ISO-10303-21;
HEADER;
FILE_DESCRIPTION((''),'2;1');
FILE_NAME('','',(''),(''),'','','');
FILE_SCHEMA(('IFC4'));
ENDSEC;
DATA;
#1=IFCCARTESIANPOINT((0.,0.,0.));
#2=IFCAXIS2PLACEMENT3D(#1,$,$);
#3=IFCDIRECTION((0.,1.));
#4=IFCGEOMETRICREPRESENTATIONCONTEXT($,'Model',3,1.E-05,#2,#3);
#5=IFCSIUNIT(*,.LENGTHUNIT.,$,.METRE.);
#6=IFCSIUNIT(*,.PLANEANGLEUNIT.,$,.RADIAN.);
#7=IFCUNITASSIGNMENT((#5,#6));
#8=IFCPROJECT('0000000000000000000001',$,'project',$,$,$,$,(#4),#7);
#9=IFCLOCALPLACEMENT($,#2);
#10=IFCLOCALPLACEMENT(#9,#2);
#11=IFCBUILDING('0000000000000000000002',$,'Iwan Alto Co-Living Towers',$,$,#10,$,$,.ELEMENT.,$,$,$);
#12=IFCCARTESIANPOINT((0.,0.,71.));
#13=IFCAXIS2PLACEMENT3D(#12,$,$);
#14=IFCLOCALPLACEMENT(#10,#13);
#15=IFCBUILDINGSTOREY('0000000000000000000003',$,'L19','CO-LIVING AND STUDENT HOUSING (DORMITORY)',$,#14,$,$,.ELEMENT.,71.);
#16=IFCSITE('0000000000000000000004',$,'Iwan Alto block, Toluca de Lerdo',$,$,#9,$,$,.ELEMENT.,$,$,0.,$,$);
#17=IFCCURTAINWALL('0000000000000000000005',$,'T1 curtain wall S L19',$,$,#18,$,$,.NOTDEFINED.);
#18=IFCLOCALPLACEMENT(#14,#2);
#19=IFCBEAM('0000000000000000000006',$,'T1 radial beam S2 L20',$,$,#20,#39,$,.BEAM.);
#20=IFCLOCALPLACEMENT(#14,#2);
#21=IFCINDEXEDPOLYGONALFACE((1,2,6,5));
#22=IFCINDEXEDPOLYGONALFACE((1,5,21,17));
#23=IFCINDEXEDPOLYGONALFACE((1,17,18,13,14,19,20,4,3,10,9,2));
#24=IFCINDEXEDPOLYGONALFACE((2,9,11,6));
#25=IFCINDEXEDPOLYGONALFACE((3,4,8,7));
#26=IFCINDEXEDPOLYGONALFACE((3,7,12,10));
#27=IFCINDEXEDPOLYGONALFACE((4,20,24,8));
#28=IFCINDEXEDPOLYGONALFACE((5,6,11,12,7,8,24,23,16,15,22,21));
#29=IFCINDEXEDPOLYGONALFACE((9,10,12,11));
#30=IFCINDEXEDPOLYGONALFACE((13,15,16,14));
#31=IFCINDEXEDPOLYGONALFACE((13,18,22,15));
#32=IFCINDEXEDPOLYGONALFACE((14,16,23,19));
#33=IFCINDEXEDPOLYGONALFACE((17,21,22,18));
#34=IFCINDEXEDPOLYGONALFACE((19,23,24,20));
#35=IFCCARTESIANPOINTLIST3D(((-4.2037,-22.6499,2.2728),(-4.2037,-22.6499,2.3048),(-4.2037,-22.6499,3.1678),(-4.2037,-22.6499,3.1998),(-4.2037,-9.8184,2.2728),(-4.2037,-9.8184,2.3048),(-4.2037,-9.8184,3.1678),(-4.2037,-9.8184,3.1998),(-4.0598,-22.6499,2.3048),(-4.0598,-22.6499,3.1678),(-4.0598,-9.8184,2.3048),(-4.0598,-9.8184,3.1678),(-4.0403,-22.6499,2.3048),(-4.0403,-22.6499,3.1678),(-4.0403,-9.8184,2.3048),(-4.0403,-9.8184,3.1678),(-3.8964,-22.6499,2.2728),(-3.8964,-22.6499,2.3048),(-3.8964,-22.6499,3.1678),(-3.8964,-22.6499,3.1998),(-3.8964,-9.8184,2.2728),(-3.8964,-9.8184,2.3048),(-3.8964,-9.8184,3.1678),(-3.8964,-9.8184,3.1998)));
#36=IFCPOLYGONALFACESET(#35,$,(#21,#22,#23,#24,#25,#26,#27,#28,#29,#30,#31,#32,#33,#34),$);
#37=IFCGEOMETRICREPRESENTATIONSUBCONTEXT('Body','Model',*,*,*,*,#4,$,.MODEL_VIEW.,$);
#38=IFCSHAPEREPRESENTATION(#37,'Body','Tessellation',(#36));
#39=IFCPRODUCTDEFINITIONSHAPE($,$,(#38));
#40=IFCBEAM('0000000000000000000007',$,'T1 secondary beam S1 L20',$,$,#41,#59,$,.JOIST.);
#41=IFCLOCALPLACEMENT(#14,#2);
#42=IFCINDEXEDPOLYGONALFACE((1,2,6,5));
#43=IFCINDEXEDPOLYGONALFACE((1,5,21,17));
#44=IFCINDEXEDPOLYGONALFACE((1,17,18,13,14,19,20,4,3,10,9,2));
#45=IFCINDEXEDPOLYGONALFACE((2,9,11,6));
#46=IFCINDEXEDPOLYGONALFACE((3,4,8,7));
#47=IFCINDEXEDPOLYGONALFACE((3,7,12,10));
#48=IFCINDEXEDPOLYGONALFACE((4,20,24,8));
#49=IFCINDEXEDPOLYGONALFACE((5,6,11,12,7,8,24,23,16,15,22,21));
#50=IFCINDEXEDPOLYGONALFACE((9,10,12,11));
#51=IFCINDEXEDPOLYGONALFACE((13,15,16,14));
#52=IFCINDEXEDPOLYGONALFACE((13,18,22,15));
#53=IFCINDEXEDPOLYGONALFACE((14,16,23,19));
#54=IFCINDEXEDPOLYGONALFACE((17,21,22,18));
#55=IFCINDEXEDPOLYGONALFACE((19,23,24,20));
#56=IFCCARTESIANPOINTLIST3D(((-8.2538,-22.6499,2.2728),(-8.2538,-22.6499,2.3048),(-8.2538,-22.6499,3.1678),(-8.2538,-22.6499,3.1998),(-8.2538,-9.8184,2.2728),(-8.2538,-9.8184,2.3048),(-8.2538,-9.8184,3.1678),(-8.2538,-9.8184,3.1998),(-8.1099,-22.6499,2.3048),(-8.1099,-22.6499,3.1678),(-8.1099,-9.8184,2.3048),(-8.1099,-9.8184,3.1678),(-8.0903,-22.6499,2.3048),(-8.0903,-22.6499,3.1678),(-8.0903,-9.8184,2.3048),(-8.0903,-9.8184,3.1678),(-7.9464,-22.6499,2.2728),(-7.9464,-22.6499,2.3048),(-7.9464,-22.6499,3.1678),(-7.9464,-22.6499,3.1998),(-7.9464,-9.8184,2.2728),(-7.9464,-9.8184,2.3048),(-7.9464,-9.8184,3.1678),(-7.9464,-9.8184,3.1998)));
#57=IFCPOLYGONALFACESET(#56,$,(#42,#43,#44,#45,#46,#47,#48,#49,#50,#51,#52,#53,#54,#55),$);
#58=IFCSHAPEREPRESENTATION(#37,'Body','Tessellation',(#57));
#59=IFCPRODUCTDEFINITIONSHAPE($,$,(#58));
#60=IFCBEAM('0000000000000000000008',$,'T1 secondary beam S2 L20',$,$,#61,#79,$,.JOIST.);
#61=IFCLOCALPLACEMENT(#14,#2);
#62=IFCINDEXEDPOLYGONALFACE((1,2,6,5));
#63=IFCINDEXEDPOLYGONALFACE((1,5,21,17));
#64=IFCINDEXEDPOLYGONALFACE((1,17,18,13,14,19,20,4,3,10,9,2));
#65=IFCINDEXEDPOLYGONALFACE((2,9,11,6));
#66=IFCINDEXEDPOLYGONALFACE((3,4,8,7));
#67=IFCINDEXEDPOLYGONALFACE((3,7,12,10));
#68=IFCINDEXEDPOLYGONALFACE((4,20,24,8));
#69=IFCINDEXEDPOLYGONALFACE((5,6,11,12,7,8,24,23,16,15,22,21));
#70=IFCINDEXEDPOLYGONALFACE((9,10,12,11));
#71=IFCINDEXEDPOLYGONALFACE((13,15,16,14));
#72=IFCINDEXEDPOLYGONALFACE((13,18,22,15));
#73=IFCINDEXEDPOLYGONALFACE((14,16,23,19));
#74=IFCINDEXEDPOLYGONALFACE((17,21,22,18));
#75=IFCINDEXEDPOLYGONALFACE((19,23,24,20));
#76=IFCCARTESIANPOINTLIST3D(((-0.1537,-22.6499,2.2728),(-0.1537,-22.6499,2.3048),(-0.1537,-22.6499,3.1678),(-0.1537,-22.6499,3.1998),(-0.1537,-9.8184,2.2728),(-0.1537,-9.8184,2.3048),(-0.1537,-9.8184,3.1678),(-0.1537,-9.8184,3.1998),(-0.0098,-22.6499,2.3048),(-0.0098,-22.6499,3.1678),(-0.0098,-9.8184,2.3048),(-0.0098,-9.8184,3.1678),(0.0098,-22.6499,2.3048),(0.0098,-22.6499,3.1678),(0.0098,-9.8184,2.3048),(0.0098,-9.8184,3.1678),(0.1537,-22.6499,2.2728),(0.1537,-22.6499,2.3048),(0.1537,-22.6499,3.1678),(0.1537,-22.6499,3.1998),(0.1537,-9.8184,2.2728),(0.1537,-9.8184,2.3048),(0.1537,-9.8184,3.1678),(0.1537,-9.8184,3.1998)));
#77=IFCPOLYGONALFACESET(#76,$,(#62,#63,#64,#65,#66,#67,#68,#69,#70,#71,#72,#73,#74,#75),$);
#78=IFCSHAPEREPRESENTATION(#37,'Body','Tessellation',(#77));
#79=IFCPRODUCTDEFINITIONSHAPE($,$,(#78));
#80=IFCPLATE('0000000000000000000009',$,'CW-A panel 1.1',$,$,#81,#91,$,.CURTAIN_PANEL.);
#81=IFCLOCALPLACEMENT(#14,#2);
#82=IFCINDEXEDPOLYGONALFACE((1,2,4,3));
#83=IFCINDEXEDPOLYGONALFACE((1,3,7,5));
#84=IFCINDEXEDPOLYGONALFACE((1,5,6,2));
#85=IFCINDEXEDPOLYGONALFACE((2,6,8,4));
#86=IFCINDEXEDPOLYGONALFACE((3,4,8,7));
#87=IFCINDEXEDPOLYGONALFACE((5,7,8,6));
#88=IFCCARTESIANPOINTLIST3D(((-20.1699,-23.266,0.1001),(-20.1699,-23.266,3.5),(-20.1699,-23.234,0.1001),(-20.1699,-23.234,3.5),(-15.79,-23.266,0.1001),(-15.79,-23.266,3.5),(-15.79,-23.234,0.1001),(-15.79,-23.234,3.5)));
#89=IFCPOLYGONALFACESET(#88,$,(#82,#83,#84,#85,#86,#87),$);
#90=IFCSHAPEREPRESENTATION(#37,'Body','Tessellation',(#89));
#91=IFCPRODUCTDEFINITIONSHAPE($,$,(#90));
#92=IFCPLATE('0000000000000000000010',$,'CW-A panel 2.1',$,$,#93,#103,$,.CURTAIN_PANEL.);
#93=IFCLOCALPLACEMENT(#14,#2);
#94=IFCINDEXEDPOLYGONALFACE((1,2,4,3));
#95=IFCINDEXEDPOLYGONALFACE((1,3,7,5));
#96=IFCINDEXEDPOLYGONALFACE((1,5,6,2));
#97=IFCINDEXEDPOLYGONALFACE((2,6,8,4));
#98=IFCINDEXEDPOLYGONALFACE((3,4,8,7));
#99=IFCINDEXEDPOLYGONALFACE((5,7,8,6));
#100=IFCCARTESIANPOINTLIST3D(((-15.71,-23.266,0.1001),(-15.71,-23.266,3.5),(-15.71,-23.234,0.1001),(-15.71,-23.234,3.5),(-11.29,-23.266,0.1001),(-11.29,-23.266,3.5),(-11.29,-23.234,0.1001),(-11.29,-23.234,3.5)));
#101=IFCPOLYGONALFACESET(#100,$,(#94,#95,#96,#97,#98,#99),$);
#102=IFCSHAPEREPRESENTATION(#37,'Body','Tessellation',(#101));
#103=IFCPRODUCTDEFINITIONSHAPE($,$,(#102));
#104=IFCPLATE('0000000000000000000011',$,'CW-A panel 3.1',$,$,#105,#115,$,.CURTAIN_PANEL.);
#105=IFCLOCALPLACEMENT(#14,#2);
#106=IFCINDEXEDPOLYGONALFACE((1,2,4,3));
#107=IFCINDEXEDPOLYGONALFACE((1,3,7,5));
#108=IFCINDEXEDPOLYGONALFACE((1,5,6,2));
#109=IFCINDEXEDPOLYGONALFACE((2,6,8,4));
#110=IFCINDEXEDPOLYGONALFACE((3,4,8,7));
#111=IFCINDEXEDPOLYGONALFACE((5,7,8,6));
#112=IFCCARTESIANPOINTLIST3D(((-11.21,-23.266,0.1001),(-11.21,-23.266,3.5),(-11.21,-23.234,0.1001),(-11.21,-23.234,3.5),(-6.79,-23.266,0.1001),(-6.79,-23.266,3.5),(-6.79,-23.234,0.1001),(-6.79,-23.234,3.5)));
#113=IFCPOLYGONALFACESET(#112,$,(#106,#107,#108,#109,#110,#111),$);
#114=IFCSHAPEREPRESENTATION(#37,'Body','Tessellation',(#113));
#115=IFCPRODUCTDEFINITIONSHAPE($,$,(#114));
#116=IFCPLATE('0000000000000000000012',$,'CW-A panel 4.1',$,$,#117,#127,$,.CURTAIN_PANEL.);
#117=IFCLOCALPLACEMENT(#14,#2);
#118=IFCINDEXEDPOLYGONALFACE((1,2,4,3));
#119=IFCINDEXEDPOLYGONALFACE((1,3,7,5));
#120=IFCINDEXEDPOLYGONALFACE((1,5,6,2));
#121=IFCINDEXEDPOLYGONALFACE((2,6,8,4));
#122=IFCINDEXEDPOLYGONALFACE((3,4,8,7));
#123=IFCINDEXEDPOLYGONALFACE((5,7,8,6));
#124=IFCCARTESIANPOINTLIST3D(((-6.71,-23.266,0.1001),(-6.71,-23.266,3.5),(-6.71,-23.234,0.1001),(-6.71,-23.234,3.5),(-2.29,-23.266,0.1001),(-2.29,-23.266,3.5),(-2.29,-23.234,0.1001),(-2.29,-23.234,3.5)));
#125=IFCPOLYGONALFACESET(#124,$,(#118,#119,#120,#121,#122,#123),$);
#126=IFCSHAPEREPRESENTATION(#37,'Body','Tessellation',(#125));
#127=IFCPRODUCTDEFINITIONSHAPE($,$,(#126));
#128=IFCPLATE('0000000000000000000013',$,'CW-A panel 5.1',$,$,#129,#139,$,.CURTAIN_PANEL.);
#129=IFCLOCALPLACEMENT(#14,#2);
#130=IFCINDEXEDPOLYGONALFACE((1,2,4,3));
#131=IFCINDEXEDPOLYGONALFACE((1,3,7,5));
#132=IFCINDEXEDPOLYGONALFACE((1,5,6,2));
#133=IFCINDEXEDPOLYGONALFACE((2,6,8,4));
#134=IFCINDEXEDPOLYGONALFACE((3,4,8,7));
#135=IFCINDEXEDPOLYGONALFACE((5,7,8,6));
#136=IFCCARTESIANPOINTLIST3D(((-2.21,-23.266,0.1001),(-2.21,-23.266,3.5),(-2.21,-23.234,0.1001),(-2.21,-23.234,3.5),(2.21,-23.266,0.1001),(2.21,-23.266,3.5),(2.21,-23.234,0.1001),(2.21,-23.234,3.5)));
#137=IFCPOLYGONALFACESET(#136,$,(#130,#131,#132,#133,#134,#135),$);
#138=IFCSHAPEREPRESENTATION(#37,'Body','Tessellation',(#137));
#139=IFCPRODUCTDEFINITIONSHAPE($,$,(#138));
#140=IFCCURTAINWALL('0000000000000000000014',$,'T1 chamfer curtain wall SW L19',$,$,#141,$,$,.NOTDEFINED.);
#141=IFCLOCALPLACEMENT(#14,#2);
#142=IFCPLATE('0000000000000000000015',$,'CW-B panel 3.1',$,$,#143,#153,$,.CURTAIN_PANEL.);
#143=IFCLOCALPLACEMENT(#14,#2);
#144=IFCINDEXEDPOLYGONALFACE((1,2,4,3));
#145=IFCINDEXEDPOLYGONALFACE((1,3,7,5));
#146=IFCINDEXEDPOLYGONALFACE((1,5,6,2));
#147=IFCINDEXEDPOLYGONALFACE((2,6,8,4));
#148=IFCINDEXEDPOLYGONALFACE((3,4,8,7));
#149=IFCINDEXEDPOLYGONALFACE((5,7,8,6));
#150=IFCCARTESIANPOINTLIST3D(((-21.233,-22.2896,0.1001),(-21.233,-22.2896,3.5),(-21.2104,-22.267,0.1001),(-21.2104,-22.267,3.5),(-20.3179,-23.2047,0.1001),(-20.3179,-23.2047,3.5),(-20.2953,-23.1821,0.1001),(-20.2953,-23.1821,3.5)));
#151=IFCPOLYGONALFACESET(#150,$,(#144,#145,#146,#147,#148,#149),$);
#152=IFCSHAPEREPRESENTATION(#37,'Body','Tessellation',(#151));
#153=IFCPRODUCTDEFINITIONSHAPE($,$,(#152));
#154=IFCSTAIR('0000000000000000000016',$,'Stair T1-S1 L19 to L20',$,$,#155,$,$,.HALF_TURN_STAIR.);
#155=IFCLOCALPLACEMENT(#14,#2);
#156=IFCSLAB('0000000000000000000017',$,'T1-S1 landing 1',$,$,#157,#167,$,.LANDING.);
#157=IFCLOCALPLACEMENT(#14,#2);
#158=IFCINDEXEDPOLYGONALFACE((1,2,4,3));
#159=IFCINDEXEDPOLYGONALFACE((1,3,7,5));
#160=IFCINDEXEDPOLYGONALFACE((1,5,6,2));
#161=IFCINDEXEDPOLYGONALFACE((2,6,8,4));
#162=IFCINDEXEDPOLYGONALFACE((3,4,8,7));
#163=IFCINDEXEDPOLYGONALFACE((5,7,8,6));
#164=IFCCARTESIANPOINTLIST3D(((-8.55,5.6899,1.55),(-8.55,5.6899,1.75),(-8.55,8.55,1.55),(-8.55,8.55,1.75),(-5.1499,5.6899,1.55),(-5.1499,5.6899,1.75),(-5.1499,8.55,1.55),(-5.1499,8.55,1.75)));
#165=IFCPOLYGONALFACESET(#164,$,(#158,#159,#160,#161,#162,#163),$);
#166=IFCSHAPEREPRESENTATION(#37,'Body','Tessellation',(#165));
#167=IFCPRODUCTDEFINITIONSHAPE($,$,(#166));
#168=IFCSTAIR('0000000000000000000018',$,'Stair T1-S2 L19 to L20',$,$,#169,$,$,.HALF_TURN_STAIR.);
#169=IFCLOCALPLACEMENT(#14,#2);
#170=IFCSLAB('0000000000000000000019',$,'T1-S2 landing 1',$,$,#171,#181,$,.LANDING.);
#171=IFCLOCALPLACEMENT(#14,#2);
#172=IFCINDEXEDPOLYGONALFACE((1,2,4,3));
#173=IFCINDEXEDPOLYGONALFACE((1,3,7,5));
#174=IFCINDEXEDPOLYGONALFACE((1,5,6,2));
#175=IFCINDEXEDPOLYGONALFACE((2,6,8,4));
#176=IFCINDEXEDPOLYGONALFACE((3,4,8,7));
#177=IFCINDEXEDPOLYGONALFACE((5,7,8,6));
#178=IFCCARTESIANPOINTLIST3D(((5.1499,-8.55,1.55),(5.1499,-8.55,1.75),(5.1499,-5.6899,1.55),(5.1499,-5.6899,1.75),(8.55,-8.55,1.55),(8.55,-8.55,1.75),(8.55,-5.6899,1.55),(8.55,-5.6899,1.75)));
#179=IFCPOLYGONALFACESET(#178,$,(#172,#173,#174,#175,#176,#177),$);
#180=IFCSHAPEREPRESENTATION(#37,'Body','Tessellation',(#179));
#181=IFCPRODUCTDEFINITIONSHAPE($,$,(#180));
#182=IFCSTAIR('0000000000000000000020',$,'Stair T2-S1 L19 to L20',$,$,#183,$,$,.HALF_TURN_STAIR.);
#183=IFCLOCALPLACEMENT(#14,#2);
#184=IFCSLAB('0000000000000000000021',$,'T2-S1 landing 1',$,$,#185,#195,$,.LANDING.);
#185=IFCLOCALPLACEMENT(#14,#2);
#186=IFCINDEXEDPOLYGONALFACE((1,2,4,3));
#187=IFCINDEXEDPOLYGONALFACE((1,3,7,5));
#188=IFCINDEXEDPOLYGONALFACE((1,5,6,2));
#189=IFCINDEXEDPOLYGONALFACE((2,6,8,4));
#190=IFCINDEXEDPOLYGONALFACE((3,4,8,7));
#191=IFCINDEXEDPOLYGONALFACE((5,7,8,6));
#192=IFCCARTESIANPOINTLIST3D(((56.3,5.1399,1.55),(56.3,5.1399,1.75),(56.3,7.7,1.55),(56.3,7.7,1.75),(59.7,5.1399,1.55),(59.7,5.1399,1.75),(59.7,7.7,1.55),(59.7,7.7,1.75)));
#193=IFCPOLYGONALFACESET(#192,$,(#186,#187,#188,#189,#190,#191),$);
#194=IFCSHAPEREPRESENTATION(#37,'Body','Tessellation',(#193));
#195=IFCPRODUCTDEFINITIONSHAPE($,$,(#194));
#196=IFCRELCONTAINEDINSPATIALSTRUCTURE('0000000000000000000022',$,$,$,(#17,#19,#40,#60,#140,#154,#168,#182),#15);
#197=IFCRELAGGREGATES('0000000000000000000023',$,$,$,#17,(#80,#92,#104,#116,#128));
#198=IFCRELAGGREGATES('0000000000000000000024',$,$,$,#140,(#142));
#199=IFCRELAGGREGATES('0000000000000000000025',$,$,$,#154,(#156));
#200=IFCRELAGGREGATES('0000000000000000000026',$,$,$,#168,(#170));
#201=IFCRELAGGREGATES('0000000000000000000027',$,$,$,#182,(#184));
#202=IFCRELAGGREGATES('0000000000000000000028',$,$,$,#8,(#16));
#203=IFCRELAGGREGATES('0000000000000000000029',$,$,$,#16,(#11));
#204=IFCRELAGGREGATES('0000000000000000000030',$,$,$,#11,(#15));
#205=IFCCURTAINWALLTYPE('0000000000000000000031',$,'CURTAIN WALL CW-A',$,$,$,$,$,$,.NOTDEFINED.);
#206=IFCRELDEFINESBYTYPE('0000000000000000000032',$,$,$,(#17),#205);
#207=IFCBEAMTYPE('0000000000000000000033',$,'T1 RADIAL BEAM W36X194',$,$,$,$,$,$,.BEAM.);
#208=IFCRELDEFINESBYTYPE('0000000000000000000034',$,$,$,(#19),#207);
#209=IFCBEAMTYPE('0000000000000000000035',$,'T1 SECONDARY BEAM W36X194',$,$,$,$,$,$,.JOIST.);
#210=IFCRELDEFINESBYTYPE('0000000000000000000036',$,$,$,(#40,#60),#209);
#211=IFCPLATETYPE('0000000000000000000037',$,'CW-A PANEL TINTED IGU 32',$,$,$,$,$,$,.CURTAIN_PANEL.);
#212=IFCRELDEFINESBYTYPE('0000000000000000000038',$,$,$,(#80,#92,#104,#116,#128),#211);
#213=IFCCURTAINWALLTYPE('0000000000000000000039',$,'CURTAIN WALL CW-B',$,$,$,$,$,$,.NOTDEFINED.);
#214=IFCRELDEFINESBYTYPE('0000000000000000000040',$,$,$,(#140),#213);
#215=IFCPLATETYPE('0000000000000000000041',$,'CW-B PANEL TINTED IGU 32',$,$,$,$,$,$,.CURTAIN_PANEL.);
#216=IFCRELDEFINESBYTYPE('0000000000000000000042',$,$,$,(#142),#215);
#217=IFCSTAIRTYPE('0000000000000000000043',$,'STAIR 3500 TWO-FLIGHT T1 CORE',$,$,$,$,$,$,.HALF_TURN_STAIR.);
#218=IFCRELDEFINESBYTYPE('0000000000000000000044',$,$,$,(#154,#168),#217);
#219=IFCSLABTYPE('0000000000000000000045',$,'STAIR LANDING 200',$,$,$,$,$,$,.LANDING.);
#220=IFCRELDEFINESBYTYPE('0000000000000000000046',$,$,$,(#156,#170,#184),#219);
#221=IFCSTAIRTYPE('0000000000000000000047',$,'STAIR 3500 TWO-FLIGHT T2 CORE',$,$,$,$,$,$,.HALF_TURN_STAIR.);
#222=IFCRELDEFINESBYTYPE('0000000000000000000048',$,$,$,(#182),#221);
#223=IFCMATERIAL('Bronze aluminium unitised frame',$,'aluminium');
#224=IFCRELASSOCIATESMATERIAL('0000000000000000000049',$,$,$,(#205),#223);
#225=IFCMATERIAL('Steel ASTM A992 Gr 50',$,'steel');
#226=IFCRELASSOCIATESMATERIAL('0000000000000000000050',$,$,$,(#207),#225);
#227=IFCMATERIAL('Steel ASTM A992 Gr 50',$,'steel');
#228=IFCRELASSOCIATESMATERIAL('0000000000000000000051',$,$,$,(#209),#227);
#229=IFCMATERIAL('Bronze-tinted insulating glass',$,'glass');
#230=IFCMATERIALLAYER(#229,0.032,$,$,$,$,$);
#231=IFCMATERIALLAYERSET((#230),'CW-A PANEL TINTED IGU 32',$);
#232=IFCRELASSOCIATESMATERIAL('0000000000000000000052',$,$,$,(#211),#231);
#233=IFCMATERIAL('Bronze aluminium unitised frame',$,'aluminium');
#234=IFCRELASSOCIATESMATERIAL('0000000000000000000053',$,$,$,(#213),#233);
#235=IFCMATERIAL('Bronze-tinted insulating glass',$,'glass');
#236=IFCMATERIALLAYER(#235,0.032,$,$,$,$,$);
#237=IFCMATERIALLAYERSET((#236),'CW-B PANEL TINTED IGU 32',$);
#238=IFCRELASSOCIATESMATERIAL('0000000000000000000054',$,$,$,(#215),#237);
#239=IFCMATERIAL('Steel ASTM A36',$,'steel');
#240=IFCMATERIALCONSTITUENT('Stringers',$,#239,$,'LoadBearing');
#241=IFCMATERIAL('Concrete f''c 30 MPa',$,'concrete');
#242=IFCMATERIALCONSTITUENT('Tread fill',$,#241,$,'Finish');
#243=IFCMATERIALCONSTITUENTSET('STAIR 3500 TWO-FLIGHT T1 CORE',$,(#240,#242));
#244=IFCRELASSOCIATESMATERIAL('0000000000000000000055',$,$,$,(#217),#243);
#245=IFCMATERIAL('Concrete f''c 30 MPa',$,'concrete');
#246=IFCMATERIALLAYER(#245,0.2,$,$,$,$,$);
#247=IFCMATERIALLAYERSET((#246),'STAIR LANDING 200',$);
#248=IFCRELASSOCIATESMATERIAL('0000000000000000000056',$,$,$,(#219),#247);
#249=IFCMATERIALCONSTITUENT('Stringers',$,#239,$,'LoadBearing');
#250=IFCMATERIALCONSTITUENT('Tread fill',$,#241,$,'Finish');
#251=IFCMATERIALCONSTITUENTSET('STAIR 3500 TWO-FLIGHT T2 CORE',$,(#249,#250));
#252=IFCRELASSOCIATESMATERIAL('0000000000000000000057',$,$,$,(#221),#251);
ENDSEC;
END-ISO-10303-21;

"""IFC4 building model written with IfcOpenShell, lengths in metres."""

from ifc_helpers import new_model, si_unit, direction, frame, origin, origin_2d, place, context, subcontext, project, spatial, polyline, rectangle, i_section, outline, extrude, material, layer, layer_set, constituent, constituent_set, material_profile, profile_set, type_object, element, aggregate, save


model = new_model("IFC4")

# Units and contexts
model_context = context("Model", 3, precision=1e-05, world=origin(), true_north=direction((0.0, 1.0)))
body_context = subcontext(model_context, "Body", "Model", "MODEL_VIEW")
ifc_project = project(units=[si_unit("LENGTHUNIT", "METRE"), si_unit("PLANEANGLEUNIT", "RADIAN")], contexts=[model_context])

# Site, building, storey
site_placement = place(None, origin())
site = spatial("IfcSite", under=ifc_project, at=site_placement, Name="Iwan Alto block, Toluca de Lerdo", CompositionType="ELEMENT", RefElevation=0.0)
building_placement = place(site_placement, origin())
building = spatial("IfcBuilding", under=site, at=building_placement, Name="Iwan Alto Co-Living Towers", CompositionType="ELEMENT")
storey_placement = place(building_placement, frame((0.0, 0.0, 71.0)))
storey = spatial("IfcBuildingStorey", under=building, at=storey_placement, Name="L19", Description="CO-LIVING AND STUDENT HOUSING (DORMITORY)", CompositionType="ELEMENT", Elevation=71.0)

# Curtain wall
ifc_material_1 = material(Name="Bronze aluminium unitised frame", Category="aluminium")
curtain_wall_type_1 = type_object("IfcCurtainWallType", Name="CURTAIN WALL CW-A", PredefinedType="NOTDEFINED", material=ifc_material_1)
curtain_wall_1_placement = place(storey_placement, origin())
curtain_wall_1 = element("IfcCurtainWall", 1, at=curtain_wall_1_placement, inside=storey, type_object=curtain_wall_type_1, Name="T1 curtain wall S L19", PredefinedType="NOTDEFINED")

# Beams
ifc_material_2 = material(Name="Steel ASTM A992 Gr 50", Category="steel")
ifc_material_profile_1 = material_profile(ifc_material_2, i_section(OverallWidth=0.3074, OverallDepth=0.927, WebThickness=0.0195, FlangeThickness=0.032, at=origin_2d()), Name="W36X194")
ifc_profile_set_1 = profile_set([ifc_material_profile_1], Name="Steel ASTM A992 Gr 50")
beam_type_1 = type_object("IfcBeamType", Name="T1 RADIAL BEAM W36X194", PredefinedType="BEAM", material=ifc_profile_set_1)
beam_1_placement = place(storey_placement, frame((-4.05, -22.6499, 2.7363), z_axis=(0.0, 1.0, 0.0), x_axis=(-1.0, 0.0, 0.0)))
element("IfcBeam", 2, at=beam_1_placement, inside=storey, type_object=beam_type_1, Name="T1 radial beam S2 L20", PredefinedType="BEAM", context=body_context, shape_type="SweptSolid", body=[
    extrude(i_section(OverallWidth=0.3074, OverallDepth=0.927, WebThickness=0.0195, FlangeThickness=0.032, at=origin_2d()), origin(), (0.0, 0.0, 1.0), 12.8315),
])
ifc_material_3 = material(Name="Steel ASTM A992 Gr 50", Category="steel")
ifc_material_profile_2 = material_profile(ifc_material_3, i_section(OverallWidth=0.3074, OverallDepth=0.927, WebThickness=0.0195, FlangeThickness=0.032, at=origin_2d()), Name="W36X194")
ifc_profile_set_2 = profile_set([ifc_material_profile_2], Name="Steel ASTM A992 Gr 50")
beam_type_2 = type_object("IfcBeamType", Name="T1 SECONDARY BEAM W36X194", PredefinedType="JOIST", material=ifc_profile_set_2)
for number, where, z_axis, x_axis, name in (
    (3, (-8.1001, -22.6499, 2.7363), (0.0, 1.0, 0.0), (-1.0, 0.0, 0.0), "T1 secondary beam S1 L20"),
    (4, (0.0, -22.6499, 2.7363), (0.0, 1.0, 0.0), (-1.0, 0.0, 0.0), "T1 secondary beam S2 L20"),
):
    element("IfcBeam", number, at=place(storey_placement, frame(where, z_axis=z_axis, x_axis=x_axis)), inside=storey, type_object=beam_type_2, Name=name, PredefinedType="JOIST", context=body_context, shape_type="SweptSolid", body=[
        extrude(i_section(OverallWidth=0.3074, OverallDepth=0.927, WebThickness=0.0195, FlangeThickness=0.032, at=origin_2d()), origin(), (0.0, 0.0, 1.0), 12.8315),
    ])

# Plates
ifc_material_4 = material(Name="Bronze-tinted insulating glass", Category="glass")
ifc_layer_1 = layer(ifc_material_4, 0.032)
ifc_layer_set_1 = layer_set([ifc_layer_1], Name="CW-A PANEL TINTED IGU 32")
plate_type_1 = type_object("IfcPlateType", Name="CW-A PANEL TINTED IGU 32", PredefinedType="CURTAIN_PANEL", material=ifc_layer_set_1)
plate_1_placement = place(storey_placement, frame((-17.98, -23.25, 0.1001), z_axis=(0.0, 0.0, 1.0), x_axis=(1.0, 0.0, 0.0)))
plate_1 = element("IfcPlate", 5, at=plate_1_placement, type_object=plate_type_1, Name="CW-A panel 1.1", PredefinedType="CURTAIN_PANEL", context=body_context, shape_type="SweptSolid", body=[
    extrude(rectangle(XDim=4.3799, YDim=0.032, at=origin_2d()), origin(), (0.0, 0.0, 1.0), 3.3999),
])
plate_2_placement = place(storey_placement, frame((-13.5, -23.25, 0.1001), z_axis=(0.0, 0.0, 1.0), x_axis=(1.0, 0.0, 0.0)))
plate_2 = element("IfcPlate", 6, at=plate_2_placement, type_object=plate_type_1, Name="CW-A panel 2.1", PredefinedType="CURTAIN_PANEL", context=body_context, shape_type="SweptSolid", body=[
    extrude(rectangle(XDim=4.4199, YDim=0.032, at=origin_2d()), origin(), (0.0, 0.0, 1.0), 3.3999),
])
plate_3_placement = place(storey_placement, frame((-9.0, -23.25, 0.1001), z_axis=(0.0, 0.0, 1.0), x_axis=(1.0, 0.0, 0.0)))
plate_3 = element("IfcPlate", 7, at=plate_3_placement, type_object=plate_type_1, Name="CW-A panel 3.1", PredefinedType="CURTAIN_PANEL", context=body_context, shape_type="SweptSolid", body=[
    extrude(rectangle(XDim=4.4199, YDim=0.032, at=origin_2d()), origin(), (0.0, 0.0, 1.0), 3.3999),
])
plate_4_placement = place(storey_placement, frame((-4.5, -23.25, 0.1001), z_axis=(0.0, 0.0, 1.0), x_axis=(1.0, 0.0, 0.0)))
plate_4 = element("IfcPlate", 8, at=plate_4_placement, type_object=plate_type_1, Name="CW-A panel 4.1", PredefinedType="CURTAIN_PANEL", context=body_context, shape_type="SweptSolid", body=[
    extrude(rectangle(XDim=4.4199, YDim=0.032, at=origin_2d()), origin(), (0.0, 0.0, 1.0), 3.3999),
])
plate_5_placement = place(storey_placement, frame((0.0, -23.25, 0.1001), z_axis=(0.0, 0.0, 1.0), x_axis=(1.0, 0.0, 0.0)))
plate_5 = element("IfcPlate", 9, at=plate_5_placement, type_object=plate_type_1, Name="CW-A panel 5.1", PredefinedType="CURTAIN_PANEL", context=body_context, shape_type="SweptSolid", body=[
    extrude(rectangle(XDim=4.4199, YDim=0.032, at=origin_2d()), origin(), (0.0, 0.0, 1.0), 3.3999),
])
aggregate(curtain_wall_1, [plate_1, plate_2, plate_3, plate_4, plate_5])

# Curtain wall, plate
ifc_material_5 = material(Name="Bronze aluminium unitised frame", Category="aluminium")
curtain_wall_type_2 = type_object("IfcCurtainWallType", Name="CURTAIN WALL CW-B", PredefinedType="NOTDEFINED", material=ifc_material_5)
curtain_wall_2_placement = place(storey_placement, origin())
curtain_wall_2 = element("IfcCurtainWall", 10, at=curtain_wall_2_placement, inside=storey, type_object=curtain_wall_type_2, Name="T1 chamfer curtain wall SW L19", PredefinedType="NOTDEFINED")
ifc_material_6 = material(Name="Bronze-tinted insulating glass", Category="glass")
ifc_layer_2 = layer(ifc_material_6, 0.032)
ifc_layer_set_2 = layer_set([ifc_layer_2], Name="CW-B PANEL TINTED IGU 32")
plate_type_2 = type_object("IfcPlateType", Name="CW-B PANEL TINTED IGU 32", PredefinedType="CURTAIN_PANEL", material=ifc_layer_set_2)
plate_6_placement = place(storey_placement, frame((-20.7642, -22.7358, 0.1001), z_axis=(0.0, 0.0, 1.0), x_axis=(0.707107, -0.707107, 0.0)))
plate_6 = element("IfcPlate", 11, at=plate_6_placement, type_object=plate_type_2, Name="CW-B panel 3.1", PredefinedType="CURTAIN_PANEL", context=body_context, shape_type="SweptSolid", body=[
    extrude(rectangle(XDim=1.2942, YDim=0.032, at=origin_2d()), origin(), (0.0, 0.0, 1.0), 3.3999),
])
aggregate(curtain_wall_2, [plate_6])

# Stairs, slabs
ifc_material_7 = material(Name="Steel ASTM A36", Category="steel")
ifc_constituent_1 = constituent(ifc_material_7, Name="Stringers", Category="LoadBearing")
ifc_material_8 = material(Name="Concrete f'c 30 MPa", Category="concrete")
ifc_constituent_2 = constituent(ifc_material_8, Name="Tread fill", Category="Finish")
ifc_constituent_set_1 = constituent_set(constituents=[ifc_constituent_1, ifc_constituent_2], Name="STAIR 3500 TWO-FLIGHT T1 CORE")
stair_type_1 = type_object("IfcStairType", Name="STAIR 3500 TWO-FLIGHT T1 CORE", PredefinedType="HALF_TURN_STAIR", material=ifc_constituent_set_1)
stair_1_placement = place(storey_placement, origin())
stair_1 = element("IfcStair", 12, at=stair_1_placement, inside=storey, type_object=stair_type_1, Name="Stair T1-S1 L19 to L20", PredefinedType="HALF_TURN_STAIR")
ifc_material_9 = material(Name="Concrete f'c 30 MPa", Category="concrete")
ifc_layer_3 = layer(ifc_material_9, 0.2)
ifc_layer_set_3 = layer_set([ifc_layer_3], Name="STAIR LANDING 200")
slab_type = type_object("IfcSlabType", Name="STAIR LANDING 200", PredefinedType="LANDING", material=ifc_layer_set_3)
slab_1_placement = place(storey_placement, frame((0.0, 0.0, 1.55)))
slab_1 = element("IfcSlab", 13, at=slab_1_placement, type_object=slab_type, Name="T1-S1 landing 1", PredefinedType="LANDING", context=body_context, shape_type="SweptSolid", body=[
    extrude(outline(polyline([(-8.55, 5.6899), (-8.55, 8.55), (-5.1499, 8.55), (-5.1499, 5.6899), (-8.55, 5.6899)])), origin(), (0.0, 0.0, 1.0), 0.2),
])
aggregate(stair_1, [slab_1])
stair_2_placement = place(storey_placement, origin())
stair_2 = element("IfcStair", 14, at=stair_2_placement, inside=storey, type_object=stair_type_1, Name="Stair T1-S2 L19 to L20", PredefinedType="HALF_TURN_STAIR")
slab_2_placement = place(storey_placement, frame((0.0, 0.0, 1.55)))
slab_2 = element("IfcSlab", 15, at=slab_2_placement, type_object=slab_type, Name="T1-S2 landing 1", PredefinedType="LANDING", context=body_context, shape_type="SweptSolid", body=[
    extrude(outline(polyline([(5.1499, -5.6899), (5.1499, -8.55), (8.55, -8.55), (8.55, -5.6899), (5.1499, -5.6899)])), origin(), (0.0, 0.0, 1.0), 0.2),
])
aggregate(stair_2, [slab_2])
ifc_constituent_3 = constituent(ifc_material_7, Name="Stringers", Category="LoadBearing")
ifc_constituent_4 = constituent(ifc_material_8, Name="Tread fill", Category="Finish")
ifc_constituent_set_2 = constituent_set(constituents=[ifc_constituent_3, ifc_constituent_4], Name="STAIR 3500 TWO-FLIGHT T2 CORE")
stair_type_2 = type_object("IfcStairType", Name="STAIR 3500 TWO-FLIGHT T2 CORE", PredefinedType="HALF_TURN_STAIR", material=ifc_constituent_set_2)
stair_3_placement = place(storey_placement, origin())
stair_3 = element("IfcStair", 16, at=stair_3_placement, inside=storey, type_object=stair_type_2, Name="Stair T2-S1 L19 to L20", PredefinedType="HALF_TURN_STAIR")
slab_3_placement = place(storey_placement, frame((0.0, 0.0, 1.55)))
slab_3 = element("IfcSlab", 17, at=slab_3_placement, type_object=slab_type, Name="T2-S1 landing 1", PredefinedType="LANDING", context=body_context, shape_type="SweptSolid", body=[
    extrude(outline(polyline([(56.3, 5.1399), (56.3, 7.7), (59.7, 7.7), (59.7, 5.1399), (56.3, 5.1399)])), origin(), (0.0, 0.0, 1.0), 0.2),
])
aggregate(stair_3, [slab_3])

save(model, "model.ifc")
